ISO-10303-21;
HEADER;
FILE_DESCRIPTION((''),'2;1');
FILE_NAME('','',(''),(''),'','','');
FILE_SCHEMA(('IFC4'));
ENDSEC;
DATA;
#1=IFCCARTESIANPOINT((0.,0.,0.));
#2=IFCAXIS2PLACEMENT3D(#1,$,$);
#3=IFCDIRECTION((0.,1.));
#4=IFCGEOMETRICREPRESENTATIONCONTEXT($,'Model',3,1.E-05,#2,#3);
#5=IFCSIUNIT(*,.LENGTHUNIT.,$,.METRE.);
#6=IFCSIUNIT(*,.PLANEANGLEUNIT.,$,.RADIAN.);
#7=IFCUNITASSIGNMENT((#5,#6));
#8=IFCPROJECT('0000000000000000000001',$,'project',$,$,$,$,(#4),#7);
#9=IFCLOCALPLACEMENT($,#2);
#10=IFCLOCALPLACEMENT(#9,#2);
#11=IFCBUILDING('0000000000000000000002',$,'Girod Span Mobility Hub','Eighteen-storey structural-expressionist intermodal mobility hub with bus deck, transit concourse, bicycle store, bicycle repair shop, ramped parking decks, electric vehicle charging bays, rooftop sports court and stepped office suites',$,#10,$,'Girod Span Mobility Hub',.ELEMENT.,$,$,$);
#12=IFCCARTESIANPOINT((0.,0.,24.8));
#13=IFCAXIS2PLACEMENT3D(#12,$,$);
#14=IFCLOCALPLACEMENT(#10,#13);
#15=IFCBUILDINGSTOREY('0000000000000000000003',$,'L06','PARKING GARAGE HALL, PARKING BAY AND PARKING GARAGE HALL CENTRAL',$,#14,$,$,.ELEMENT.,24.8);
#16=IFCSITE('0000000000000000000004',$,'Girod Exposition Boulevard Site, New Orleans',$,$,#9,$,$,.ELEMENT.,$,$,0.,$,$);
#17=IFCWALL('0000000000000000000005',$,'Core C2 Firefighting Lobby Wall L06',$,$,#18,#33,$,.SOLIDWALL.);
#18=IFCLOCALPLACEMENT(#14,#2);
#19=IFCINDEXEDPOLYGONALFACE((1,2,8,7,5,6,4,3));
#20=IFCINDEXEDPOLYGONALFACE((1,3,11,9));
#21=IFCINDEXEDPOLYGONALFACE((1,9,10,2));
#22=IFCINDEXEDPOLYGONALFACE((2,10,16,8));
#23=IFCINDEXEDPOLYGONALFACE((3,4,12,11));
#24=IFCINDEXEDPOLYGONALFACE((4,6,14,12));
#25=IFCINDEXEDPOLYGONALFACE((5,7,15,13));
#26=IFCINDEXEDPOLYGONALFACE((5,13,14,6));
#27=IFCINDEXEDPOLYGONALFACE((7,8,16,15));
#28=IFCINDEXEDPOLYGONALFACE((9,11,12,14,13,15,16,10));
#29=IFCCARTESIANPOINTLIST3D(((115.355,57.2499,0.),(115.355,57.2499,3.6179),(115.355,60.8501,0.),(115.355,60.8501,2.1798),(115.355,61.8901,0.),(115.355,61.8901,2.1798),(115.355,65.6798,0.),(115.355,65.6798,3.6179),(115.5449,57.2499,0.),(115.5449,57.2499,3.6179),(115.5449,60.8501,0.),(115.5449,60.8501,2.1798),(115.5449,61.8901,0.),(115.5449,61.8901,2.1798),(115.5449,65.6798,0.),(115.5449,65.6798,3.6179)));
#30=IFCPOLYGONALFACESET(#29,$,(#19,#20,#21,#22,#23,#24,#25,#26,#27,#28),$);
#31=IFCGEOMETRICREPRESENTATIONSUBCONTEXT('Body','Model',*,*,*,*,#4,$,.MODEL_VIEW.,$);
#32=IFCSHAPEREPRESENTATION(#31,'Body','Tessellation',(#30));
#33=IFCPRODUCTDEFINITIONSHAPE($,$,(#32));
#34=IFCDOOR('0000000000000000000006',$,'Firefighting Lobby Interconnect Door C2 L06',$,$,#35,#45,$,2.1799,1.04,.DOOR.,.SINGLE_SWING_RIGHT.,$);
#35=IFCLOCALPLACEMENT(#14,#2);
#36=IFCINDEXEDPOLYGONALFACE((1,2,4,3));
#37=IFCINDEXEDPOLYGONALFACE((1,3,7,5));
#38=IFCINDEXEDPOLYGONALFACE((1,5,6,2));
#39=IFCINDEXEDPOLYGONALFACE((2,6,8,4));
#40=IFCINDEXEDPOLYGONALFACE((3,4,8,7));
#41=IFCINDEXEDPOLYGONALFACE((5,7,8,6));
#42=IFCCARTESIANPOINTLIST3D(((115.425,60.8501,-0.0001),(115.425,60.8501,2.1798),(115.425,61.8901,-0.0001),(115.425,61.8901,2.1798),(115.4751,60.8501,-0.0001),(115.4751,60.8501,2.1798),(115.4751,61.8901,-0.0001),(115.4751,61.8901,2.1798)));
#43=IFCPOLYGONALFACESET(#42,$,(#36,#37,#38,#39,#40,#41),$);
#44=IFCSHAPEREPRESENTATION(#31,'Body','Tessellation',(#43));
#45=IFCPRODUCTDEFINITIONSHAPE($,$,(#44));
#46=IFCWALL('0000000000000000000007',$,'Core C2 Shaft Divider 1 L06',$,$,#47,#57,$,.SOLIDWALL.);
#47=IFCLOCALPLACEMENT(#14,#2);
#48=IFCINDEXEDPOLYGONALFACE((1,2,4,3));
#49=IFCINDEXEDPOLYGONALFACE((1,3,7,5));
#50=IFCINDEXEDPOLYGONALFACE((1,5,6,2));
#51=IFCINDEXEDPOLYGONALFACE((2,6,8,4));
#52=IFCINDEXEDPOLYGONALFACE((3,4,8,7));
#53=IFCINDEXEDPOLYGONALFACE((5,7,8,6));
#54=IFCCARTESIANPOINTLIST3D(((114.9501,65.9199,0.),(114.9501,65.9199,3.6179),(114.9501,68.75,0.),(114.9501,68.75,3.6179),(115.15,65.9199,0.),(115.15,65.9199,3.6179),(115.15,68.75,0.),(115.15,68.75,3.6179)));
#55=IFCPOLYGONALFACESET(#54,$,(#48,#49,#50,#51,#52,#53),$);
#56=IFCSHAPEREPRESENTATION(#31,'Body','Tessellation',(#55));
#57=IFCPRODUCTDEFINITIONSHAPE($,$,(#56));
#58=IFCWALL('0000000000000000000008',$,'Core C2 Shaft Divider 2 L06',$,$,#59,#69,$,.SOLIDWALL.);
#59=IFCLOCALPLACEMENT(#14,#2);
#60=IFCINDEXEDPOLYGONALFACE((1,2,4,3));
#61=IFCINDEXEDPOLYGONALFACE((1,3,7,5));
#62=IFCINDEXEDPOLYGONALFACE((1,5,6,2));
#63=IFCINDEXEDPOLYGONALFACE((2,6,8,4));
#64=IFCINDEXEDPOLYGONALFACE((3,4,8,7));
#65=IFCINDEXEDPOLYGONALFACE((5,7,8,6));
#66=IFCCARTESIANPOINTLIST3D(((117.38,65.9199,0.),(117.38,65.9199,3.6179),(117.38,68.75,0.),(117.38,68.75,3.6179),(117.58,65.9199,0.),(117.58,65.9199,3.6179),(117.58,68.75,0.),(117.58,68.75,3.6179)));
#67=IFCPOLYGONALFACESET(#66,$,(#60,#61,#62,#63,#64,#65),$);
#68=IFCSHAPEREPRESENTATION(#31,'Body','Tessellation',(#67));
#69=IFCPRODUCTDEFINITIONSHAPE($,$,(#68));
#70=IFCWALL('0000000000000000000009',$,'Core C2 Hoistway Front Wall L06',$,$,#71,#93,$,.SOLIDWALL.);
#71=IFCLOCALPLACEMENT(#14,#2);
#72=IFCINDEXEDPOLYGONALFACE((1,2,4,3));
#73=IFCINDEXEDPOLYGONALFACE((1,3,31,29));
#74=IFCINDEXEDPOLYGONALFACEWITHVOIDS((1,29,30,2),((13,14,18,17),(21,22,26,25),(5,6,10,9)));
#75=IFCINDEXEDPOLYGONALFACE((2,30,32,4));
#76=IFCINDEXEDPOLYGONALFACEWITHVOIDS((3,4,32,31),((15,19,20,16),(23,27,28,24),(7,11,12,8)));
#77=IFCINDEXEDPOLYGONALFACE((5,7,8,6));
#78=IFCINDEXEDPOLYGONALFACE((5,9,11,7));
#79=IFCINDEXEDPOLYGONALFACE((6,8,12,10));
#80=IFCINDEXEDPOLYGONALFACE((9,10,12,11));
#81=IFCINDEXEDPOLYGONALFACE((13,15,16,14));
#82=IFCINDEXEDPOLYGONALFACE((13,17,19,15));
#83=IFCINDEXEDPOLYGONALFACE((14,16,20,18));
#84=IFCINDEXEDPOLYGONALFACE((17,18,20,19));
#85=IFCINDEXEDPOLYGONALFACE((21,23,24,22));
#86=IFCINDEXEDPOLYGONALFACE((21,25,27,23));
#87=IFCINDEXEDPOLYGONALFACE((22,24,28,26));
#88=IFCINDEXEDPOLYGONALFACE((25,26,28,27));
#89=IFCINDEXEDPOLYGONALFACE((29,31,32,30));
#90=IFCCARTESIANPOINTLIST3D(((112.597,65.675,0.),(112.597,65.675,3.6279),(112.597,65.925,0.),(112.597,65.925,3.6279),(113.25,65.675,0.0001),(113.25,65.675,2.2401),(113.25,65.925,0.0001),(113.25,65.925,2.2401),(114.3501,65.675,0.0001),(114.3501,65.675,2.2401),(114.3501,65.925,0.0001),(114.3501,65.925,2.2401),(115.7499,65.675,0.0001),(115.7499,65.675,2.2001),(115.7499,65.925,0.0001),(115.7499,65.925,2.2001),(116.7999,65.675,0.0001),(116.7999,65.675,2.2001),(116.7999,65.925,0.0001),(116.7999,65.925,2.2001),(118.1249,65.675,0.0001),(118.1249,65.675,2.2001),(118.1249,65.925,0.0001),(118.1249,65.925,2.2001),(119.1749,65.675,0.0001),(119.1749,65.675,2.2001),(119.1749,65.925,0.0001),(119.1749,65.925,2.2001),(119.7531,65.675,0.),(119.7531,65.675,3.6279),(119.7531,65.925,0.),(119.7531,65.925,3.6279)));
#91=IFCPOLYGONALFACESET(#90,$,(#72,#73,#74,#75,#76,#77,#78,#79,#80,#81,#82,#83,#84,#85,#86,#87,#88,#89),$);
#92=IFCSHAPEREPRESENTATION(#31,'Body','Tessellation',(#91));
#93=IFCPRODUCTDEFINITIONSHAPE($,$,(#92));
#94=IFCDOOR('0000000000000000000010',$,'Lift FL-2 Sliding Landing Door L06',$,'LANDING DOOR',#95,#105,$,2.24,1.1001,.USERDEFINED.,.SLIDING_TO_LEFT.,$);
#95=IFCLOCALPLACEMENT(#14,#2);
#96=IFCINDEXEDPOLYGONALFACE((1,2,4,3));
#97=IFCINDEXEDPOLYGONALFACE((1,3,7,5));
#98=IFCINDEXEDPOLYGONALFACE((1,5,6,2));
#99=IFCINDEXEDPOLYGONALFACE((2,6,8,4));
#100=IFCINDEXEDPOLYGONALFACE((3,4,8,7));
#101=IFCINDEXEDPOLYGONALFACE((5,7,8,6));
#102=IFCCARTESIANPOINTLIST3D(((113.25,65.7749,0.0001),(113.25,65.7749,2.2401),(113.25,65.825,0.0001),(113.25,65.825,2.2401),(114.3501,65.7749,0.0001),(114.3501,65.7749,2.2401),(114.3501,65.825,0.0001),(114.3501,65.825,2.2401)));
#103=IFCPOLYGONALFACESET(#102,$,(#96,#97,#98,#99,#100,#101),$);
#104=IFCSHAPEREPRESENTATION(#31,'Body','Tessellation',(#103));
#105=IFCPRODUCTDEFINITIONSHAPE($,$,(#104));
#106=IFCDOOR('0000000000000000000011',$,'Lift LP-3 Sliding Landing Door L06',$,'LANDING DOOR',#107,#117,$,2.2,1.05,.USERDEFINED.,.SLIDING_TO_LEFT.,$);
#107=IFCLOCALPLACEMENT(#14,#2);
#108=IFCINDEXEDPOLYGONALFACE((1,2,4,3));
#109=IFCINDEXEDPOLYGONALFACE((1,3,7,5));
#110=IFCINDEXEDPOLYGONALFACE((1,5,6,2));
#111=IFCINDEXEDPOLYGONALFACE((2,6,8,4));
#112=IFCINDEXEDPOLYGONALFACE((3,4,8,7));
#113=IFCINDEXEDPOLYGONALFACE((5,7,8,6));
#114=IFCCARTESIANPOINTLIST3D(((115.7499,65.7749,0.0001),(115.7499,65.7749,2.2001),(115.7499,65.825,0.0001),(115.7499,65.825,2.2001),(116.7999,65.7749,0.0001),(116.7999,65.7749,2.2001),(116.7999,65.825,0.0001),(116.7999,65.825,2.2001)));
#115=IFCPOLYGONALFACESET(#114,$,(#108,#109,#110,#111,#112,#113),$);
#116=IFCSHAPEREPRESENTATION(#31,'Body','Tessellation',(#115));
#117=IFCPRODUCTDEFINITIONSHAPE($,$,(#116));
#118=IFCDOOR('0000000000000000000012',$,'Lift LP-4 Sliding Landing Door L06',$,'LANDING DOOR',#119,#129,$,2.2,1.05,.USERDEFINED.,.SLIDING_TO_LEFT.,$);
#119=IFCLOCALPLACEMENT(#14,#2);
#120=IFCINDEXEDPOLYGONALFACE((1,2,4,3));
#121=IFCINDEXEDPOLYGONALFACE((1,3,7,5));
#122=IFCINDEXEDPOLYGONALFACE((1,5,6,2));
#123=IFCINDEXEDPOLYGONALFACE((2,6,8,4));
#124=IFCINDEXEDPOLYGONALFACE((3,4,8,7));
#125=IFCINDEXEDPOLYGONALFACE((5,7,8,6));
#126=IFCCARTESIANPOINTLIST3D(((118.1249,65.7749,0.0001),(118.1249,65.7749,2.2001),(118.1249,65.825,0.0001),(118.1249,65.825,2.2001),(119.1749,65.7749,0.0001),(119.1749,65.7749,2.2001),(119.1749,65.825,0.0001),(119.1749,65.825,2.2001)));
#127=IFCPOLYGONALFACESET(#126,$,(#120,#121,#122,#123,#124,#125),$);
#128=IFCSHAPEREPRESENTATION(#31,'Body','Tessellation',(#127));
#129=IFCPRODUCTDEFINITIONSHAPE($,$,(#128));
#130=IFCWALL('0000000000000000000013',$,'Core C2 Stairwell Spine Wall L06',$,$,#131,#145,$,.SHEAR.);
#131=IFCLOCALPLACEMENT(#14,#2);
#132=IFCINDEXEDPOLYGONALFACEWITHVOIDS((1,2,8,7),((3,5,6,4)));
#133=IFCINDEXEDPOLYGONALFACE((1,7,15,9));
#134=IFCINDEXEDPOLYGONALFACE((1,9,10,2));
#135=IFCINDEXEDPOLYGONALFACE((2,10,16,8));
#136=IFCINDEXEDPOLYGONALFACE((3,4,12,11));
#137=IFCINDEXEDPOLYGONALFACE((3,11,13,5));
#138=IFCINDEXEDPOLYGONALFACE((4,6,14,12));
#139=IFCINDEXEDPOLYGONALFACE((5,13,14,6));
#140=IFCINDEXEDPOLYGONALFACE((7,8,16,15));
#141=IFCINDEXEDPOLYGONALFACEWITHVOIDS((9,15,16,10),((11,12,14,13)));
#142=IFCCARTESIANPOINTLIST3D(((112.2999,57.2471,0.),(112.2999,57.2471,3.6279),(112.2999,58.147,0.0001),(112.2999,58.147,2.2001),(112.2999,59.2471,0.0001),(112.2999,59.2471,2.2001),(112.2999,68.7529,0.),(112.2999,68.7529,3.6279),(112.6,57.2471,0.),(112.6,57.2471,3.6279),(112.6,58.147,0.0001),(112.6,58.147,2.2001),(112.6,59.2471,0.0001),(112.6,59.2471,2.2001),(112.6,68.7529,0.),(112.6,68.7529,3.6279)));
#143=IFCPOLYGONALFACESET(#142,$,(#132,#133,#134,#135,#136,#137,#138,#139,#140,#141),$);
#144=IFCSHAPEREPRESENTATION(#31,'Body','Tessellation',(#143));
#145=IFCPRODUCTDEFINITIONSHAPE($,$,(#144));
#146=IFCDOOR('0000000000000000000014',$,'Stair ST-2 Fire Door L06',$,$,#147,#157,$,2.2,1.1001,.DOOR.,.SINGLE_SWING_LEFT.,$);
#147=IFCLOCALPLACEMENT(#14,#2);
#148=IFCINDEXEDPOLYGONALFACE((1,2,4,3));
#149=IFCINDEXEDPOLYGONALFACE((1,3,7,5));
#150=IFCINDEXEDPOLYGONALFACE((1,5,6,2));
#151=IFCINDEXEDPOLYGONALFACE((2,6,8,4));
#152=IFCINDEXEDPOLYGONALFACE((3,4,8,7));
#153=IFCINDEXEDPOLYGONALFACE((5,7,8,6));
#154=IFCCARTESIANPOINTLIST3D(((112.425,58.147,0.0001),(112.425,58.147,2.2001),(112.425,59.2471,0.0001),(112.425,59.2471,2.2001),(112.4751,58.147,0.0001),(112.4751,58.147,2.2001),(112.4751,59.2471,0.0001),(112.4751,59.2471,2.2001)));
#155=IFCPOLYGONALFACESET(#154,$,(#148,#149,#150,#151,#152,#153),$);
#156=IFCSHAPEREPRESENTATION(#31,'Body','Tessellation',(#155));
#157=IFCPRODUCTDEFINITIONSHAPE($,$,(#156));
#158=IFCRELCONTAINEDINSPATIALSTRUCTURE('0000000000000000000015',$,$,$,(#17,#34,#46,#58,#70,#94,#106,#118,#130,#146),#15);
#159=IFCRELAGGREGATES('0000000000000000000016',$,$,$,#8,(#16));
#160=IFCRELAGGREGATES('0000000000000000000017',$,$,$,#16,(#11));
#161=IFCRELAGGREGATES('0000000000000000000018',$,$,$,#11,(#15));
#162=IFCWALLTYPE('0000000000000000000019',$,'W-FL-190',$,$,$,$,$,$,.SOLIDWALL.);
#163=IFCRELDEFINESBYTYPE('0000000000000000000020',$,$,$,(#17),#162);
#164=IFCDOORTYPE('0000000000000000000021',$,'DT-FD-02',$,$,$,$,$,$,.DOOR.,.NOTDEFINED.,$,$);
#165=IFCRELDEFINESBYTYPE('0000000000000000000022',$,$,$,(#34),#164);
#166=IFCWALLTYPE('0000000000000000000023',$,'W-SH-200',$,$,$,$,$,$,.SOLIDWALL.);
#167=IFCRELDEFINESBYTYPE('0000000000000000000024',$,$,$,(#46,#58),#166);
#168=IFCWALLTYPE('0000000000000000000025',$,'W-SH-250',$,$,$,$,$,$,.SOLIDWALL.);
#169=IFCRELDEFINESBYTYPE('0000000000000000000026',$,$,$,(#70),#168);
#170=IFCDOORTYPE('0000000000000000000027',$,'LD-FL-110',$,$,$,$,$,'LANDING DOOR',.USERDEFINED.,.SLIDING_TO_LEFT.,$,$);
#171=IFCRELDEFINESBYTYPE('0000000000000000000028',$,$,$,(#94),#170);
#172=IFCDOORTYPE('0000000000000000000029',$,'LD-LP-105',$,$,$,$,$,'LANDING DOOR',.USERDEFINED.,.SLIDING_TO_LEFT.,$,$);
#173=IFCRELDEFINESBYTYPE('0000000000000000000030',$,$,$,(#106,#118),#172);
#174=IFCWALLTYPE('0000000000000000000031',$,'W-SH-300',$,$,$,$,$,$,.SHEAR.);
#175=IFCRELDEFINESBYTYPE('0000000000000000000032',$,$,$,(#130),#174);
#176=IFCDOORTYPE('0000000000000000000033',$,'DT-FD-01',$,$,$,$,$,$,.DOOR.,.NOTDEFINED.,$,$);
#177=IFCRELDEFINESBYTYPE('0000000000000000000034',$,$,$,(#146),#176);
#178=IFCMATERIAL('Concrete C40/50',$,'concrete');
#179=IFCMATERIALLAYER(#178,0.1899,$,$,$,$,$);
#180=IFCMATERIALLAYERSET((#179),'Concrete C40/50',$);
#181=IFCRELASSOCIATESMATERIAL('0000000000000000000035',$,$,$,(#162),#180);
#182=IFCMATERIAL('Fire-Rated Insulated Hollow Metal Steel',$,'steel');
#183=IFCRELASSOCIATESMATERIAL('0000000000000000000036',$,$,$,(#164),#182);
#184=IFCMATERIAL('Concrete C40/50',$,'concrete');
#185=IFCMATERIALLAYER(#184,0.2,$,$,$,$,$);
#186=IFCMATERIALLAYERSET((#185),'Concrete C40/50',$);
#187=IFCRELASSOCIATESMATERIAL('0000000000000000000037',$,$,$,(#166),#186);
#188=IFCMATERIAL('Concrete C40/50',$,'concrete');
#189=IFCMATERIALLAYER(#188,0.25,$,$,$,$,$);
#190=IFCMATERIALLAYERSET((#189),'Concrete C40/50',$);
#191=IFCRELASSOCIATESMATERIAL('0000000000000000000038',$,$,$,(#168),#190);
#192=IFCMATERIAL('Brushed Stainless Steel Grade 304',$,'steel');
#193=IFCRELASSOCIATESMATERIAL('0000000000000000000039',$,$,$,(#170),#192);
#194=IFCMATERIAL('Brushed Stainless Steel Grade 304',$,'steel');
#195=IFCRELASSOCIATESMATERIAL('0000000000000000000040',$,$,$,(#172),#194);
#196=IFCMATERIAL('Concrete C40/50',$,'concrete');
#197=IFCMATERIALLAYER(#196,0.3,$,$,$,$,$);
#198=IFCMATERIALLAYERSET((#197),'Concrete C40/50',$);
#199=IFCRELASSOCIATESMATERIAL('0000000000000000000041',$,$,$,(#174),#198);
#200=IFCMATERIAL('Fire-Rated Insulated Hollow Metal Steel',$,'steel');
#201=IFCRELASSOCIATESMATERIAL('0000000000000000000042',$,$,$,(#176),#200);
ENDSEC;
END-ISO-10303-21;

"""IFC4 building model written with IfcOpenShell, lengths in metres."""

from ifc_helpers import new_model, si_unit, direction, frame, frame_2d, origin, place, context, subcontext, project, spatial, rectangle, extrude, material, layer, layer_set, type_object, element, fill, save


model = new_model("IFC4")

# Units and contexts
model_context = context("Model", 3, precision=1e-05, world=origin(), true_north=direction((0.0, 1.0)))
body_context = subcontext(model_context, "Body", "Model", "MODEL_VIEW")
ifc_project = project(units=[si_unit("LENGTHUNIT", "METRE"), si_unit("PLANEANGLEUNIT", "RADIAN")], contexts=[model_context])

# Site, building, storey
site_placement = place(None, origin())
site = spatial("IfcSite", under=ifc_project, at=site_placement, Name="Girod Exposition Boulevard Site, New Orleans", CompositionType="ELEMENT", RefElevation=0.0)
building_placement = place(site_placement, origin())
building = spatial("IfcBuilding", under=site, at=building_placement, Name="Girod Span Mobility Hub", Description="Eighteen-storey structural-expressionist intermodal mobility hub with bus deck, transit concourse, bicycle store, bicycle repair shop, ramped parking decks, electric vehicle charging bays, rooftop sports court and stepped office suites", LongName="Girod Span Mobility Hub", CompositionType="ELEMENT")
storey_placement = place(building_placement, frame((0.0, 0.0, 24.8)))
storey = spatial("IfcBuildingStorey", under=building, at=storey_placement, Name="L06", Description="PARKING GARAGE HALL, PARKING BAY AND PARKING GARAGE HALL CENTRAL", CompositionType="ELEMENT", Elevation=24.8)

# Wall, opening, door
ifc_material_1 = material(Name="Concrete C40/50", Category="concrete")
ifc_layer_1 = layer(ifc_material_1, 0.1899)
ifc_layer_set_1 = layer_set([ifc_layer_1], Name="Concrete C40/50")
wall_type_1 = type_object("IfcWallType", Name="W-FL-190", PredefinedType="SOLIDWALL", material=ifc_layer_set_1)
wall_1_placement = place(storey_placement, frame((115.45, 57.25, 0.0), z_axis=(0.0, 0.0, 1.0), x_axis=(0.0, 1.0, 0.0)))
wall_1 = element("IfcWall", 1, at=wall_1_placement, inside=storey, type_object=wall_type_1, Name="Core C2 Firefighting Lobby Wall L06", PredefinedType="SOLIDWALL", context=body_context, shape_type="SweptSolid", body=[
    extrude(rectangle(XDim=8.4299, YDim=0.1899, at=frame_2d((4.2148, 0.0))), origin(), (0.0, 0.0, 1.0), 3.6179),
])
opening_1_placement = place(wall_1_placement, frame((3.6001, 0.0, 0.0)))
opening_1 = element("IfcOpeningElement", 2, at=opening_1_placement, cuts=wall_1, PredefinedType="OPENING", context=body_context, shape_type="SweptSolid", body=[
    extrude(rectangle(XDim=1.04, YDim=2.1799, at=frame_2d((0.52, 1.0898))), frame((0.0, 0.1099, 0.0), z_axis=(0.0, -1.0, 0.0), x_axis=(1.0, 0.0, 0.0)), (0.0, 0.0, 1.0), 0.22),
])
ifc_material_2 = material(Name="Fire-Rated Insulated Hollow Metal Steel", Category="steel")
door_type_1 = type_object("IfcDoorType", Name="DT-FD-02", OperationType="NOTDEFINED", PredefinedType="DOOR", material=ifc_material_2)
door_1_placement = place(opening_1_placement, origin())
door_1 = element("IfcDoor", 3, at=door_1_placement, inside=storey, type_object=door_type_1, Name="Firefighting Lobby Interconnect Door C2 L06", OperationType="SINGLE_SWING_RIGHT", OverallHeight=2.1799, OverallWidth=1.04, PredefinedType="DOOR", context=body_context, shape_type="SweptSolid", body=[
    extrude(rectangle(XDim=1.04, YDim=2.1799, at=frame_2d((0.52, 1.0898))), frame((0.0, 0.0249, 0.0), z_axis=(0.0, -1.0, 0.0), x_axis=(1.0, 0.0, 0.0)), (0.0, 0.0, 1.0), 0.05),
])
fill(opening_1, door_1)

# Walls
ifc_material_3 = material(Name="Concrete C40/50", Category="concrete")
ifc_layer_2 = layer(ifc_material_3, 0.2)
ifc_layer_set_2 = layer_set([ifc_layer_2], Name="Concrete C40/50")
wall_type_2 = type_object("IfcWallType", Name="W-SH-200", PredefinedType="SOLIDWALL", material=ifc_layer_set_2)
for number, where, z_axis, x_axis, name in (
    (4, (115.05, 65.9199, 0.0), (0.0, 0.0, 1.0), (0.0, 1.0, 0.0), "Core C2 Shaft Divider 1 L06"),
    (5, (117.48, 65.9199, 0.0), (0.0, 0.0, 1.0), (0.0, 1.0, 0.0), "Core C2 Shaft Divider 2 L06"),
):
    element("IfcWall", number, at=place(storey_placement, frame(where, z_axis=z_axis, x_axis=x_axis)), inside=storey, type_object=wall_type_2, Name=name, PredefinedType="SOLIDWALL", context=body_context, shape_type="SweptSolid", body=[
        extrude(rectangle(XDim=2.8301, YDim=0.2, at=frame_2d((1.415, 0.0))), origin(), (0.0, 0.0, 1.0), 3.6179),
    ])

# Wall, openings, doors
ifc_material_4 = material(Name="Concrete C40/50", Category="concrete")
ifc_layer_3 = layer(ifc_material_4, 0.25)
ifc_layer_set_3 = layer_set([ifc_layer_3], Name="Concrete C40/50")
wall_type_3 = type_object("IfcWallType", Name="W-SH-250", PredefinedType="SOLIDWALL", material=ifc_layer_set_3)
wall_2_placement = place(storey_placement, frame((112.5969, 65.8, 0.0), z_axis=(0.0, 0.0, 1.0), x_axis=(1.0, 0.0, 0.0)))
wall_2 = element("IfcWall", 6, at=wall_2_placement, inside=storey, type_object=wall_type_3, Name="Core C2 Hoistway Front Wall L06", PredefinedType="SOLIDWALL", context=body_context, shape_type="SweptSolid", body=[
    extrude(rectangle(XDim=7.156, YDim=0.25, at=frame_2d((3.5781, 0.0))), origin(), (0.0, 0.0, 1.0), 3.6279),
])
opening_2_placement = place(wall_2_placement, frame((0.6531, 0.0, 0.0)))
opening_2 = element("IfcOpeningElement", 7, at=opening_2_placement, cuts=wall_2, PredefinedType="OPENING", context=body_context, shape_type="SweptSolid", body=[
    extrude(rectangle(XDim=1.1001, YDim=2.24, at=frame_2d((0.55, 1.1201))), frame((0.0, 0.1399, 0.0), z_axis=(0.0, -1.0, 0.0), x_axis=(1.0, 0.0, 0.0)), (0.0, 0.0, 1.0), 0.28),
])
opening_3_placement = place(wall_2_placement, frame((3.1531, 0.0, 0.0)))
opening_3 = element("IfcOpeningElement", 8, at=opening_3_placement, cuts=wall_2, PredefinedType="OPENING", context=body_context, shape_type="SweptSolid", body=[
    extrude(rectangle(XDim=1.05, YDim=2.2, at=frame_2d((0.5249, 1.1001))), frame((0.0, 0.1399, 0.0), z_axis=(0.0, -1.0, 0.0), x_axis=(1.0, 0.0, 0.0)), (0.0, 0.0, 1.0), 0.28),
])
opening_4_placement = place(wall_2_placement, frame((5.5281, 0.0, 0.0)))
opening_4 = element("IfcOpeningElement", 9, at=opening_4_placement, cuts=wall_2, PredefinedType="OPENING", context=body_context, shape_type="SweptSolid", body=[
    extrude(rectangle(XDim=1.05, YDim=2.2, at=frame_2d((0.5249, 1.1001))), frame((0.0, 0.1399, 0.0), z_axis=(0.0, -1.0, 0.0), x_axis=(1.0, 0.0, 0.0)), (0.0, 0.0, 1.0), 0.28),
])
ifc_material_5 = material(Name="Brushed Stainless Steel Grade 304", Category="steel")
door_type_2 = type_object("IfcDoorType", Name="LD-FL-110", ElementType="LANDING DOOR", OperationType="SLIDING_TO_LEFT", PredefinedType="USERDEFINED", material=ifc_material_5)
door_2_placement = place(opening_2_placement, origin())
door_2 = element("IfcDoor", 10, at=door_2_placement, inside=storey, type_object=door_type_2, Name="Lift FL-2 Sliding Landing Door L06", ObjectType="LANDING DOOR", OperationType="SLIDING_TO_LEFT", OverallHeight=2.24, OverallWidth=1.1001, PredefinedType="USERDEFINED", context=body_context, shape_type="SweptSolid", body=[
    extrude(rectangle(XDim=1.1001, YDim=2.24, at=frame_2d((0.55, 1.1201))), frame((0.0, 0.0249, 0.0), z_axis=(0.0, -1.0, 0.0), x_axis=(1.0, 0.0, 0.0)), (0.0, 0.0, 1.0), 0.05),
])
fill(opening_2, door_2)
ifc_material_6 = material(Name="Brushed Stainless Steel Grade 304", Category="steel")
door_type_3 = type_object("IfcDoorType", Name="LD-LP-105", ElementType="LANDING DOOR", OperationType="SLIDING_TO_LEFT", PredefinedType="USERDEFINED", material=ifc_material_6)
door_3_placement = place(opening_3_placement, origin())
door_3 = element("IfcDoor", 11, at=door_3_placement, inside=storey, type_object=door_type_3, Name="Lift LP-3 Sliding Landing Door L06", ObjectType="LANDING DOOR", OperationType="SLIDING_TO_LEFT", OverallHeight=2.2, OverallWidth=1.05, PredefinedType="USERDEFINED", context=body_context, shape_type="SweptSolid", body=[
    extrude(rectangle(XDim=1.05, YDim=2.2, at=frame_2d((0.5249, 1.1001))), frame((0.0, 0.0249, 0.0), z_axis=(0.0, -1.0, 0.0), x_axis=(1.0, 0.0, 0.0)), (0.0, 0.0, 1.0), 0.05),
])
fill(opening_3, door_3)
door_4_placement = place(opening_4_placement, origin())
door_4 = element("IfcDoor", 12, at=door_4_placement, inside=storey, type_object=door_type_3, Name="Lift LP-4 Sliding Landing Door L06", ObjectType="LANDING DOOR", OperationType="SLIDING_TO_LEFT", OverallHeight=2.2, OverallWidth=1.05, PredefinedType="USERDEFINED", context=body_context, shape_type="SweptSolid", body=[
    extrude(rectangle(XDim=1.05, YDim=2.2, at=frame_2d((0.5249, 1.1001))), frame((0.0, 0.0249, 0.0), z_axis=(0.0, -1.0, 0.0), x_axis=(1.0, 0.0, 0.0)), (0.0, 0.0, 1.0), 0.05),
])
fill(opening_4, door_4)

# Wall, opening, door
ifc_material_7 = material(Name="Concrete C40/50", Category="concrete")
ifc_layer_4 = layer(ifc_material_7, 0.3)
ifc_layer_set_4 = layer_set([ifc_layer_4], Name="Concrete C40/50")
wall_type_4 = type_object("IfcWallType", Name="W-SH-300", PredefinedType="SHEAR", material=ifc_layer_set_4)
wall_3_placement = place(storey_placement, frame((112.45, 57.2471, 0.0), z_axis=(0.0, 0.0, 1.0), x_axis=(0.0, 1.0, 0.0)))
wall_3 = element("IfcWall", 13, at=wall_3_placement, inside=storey, type_object=wall_type_4, Name="Core C2 Stairwell Spine Wall L06", PredefinedType="SHEAR", context=body_context, shape_type="SweptSolid", body=[
    extrude(rectangle(XDim=11.5059, YDim=0.3, at=frame_2d((5.7529, 0.0))), origin(), (0.0, 0.0, 1.0), 3.6279),
])
opening_5_placement = place(wall_3_placement, frame((0.8999, 0.0, 0.0)))
opening_5 = element("IfcOpeningElement", 14, at=opening_5_placement, cuts=wall_3, PredefinedType="OPENING", context=body_context, shape_type="SweptSolid", body=[
    extrude(rectangle(XDim=1.1001, YDim=2.2, at=frame_2d((0.55, 1.1001))), frame((0.0, 0.165, 0.0), z_axis=(0.0, -1.0, 0.0), x_axis=(1.0, 0.0, 0.0)), (0.0, 0.0, 1.0), 0.3301),
])
ifc_material_8 = material(Name="Fire-Rated Insulated Hollow Metal Steel", Category="steel")
door_type_4 = type_object("IfcDoorType", Name="DT-FD-01", OperationType="NOTDEFINED", PredefinedType="DOOR", material=ifc_material_8)
door_5_placement = place(opening_5_placement, origin())
door_5 = element("IfcDoor", 15, at=door_5_placement, inside=storey, type_object=door_type_4, Name="Stair ST-2 Fire Door L06", OperationType="SINGLE_SWING_LEFT", OverallHeight=2.2, OverallWidth=1.1001, PredefinedType="DOOR", context=body_context, shape_type="SweptSolid", body=[
    extrude(rectangle(XDim=1.1001, YDim=2.2, at=frame_2d((0.55, 1.1001))), frame((0.0, 0.0249, 0.0), z_axis=(0.0, -1.0, 0.0), x_axis=(1.0, 0.0, 0.0)), (0.0, 0.0, 1.0), 0.05),
])
fill(opening_5, door_5)

save(model, "model.ifc")
